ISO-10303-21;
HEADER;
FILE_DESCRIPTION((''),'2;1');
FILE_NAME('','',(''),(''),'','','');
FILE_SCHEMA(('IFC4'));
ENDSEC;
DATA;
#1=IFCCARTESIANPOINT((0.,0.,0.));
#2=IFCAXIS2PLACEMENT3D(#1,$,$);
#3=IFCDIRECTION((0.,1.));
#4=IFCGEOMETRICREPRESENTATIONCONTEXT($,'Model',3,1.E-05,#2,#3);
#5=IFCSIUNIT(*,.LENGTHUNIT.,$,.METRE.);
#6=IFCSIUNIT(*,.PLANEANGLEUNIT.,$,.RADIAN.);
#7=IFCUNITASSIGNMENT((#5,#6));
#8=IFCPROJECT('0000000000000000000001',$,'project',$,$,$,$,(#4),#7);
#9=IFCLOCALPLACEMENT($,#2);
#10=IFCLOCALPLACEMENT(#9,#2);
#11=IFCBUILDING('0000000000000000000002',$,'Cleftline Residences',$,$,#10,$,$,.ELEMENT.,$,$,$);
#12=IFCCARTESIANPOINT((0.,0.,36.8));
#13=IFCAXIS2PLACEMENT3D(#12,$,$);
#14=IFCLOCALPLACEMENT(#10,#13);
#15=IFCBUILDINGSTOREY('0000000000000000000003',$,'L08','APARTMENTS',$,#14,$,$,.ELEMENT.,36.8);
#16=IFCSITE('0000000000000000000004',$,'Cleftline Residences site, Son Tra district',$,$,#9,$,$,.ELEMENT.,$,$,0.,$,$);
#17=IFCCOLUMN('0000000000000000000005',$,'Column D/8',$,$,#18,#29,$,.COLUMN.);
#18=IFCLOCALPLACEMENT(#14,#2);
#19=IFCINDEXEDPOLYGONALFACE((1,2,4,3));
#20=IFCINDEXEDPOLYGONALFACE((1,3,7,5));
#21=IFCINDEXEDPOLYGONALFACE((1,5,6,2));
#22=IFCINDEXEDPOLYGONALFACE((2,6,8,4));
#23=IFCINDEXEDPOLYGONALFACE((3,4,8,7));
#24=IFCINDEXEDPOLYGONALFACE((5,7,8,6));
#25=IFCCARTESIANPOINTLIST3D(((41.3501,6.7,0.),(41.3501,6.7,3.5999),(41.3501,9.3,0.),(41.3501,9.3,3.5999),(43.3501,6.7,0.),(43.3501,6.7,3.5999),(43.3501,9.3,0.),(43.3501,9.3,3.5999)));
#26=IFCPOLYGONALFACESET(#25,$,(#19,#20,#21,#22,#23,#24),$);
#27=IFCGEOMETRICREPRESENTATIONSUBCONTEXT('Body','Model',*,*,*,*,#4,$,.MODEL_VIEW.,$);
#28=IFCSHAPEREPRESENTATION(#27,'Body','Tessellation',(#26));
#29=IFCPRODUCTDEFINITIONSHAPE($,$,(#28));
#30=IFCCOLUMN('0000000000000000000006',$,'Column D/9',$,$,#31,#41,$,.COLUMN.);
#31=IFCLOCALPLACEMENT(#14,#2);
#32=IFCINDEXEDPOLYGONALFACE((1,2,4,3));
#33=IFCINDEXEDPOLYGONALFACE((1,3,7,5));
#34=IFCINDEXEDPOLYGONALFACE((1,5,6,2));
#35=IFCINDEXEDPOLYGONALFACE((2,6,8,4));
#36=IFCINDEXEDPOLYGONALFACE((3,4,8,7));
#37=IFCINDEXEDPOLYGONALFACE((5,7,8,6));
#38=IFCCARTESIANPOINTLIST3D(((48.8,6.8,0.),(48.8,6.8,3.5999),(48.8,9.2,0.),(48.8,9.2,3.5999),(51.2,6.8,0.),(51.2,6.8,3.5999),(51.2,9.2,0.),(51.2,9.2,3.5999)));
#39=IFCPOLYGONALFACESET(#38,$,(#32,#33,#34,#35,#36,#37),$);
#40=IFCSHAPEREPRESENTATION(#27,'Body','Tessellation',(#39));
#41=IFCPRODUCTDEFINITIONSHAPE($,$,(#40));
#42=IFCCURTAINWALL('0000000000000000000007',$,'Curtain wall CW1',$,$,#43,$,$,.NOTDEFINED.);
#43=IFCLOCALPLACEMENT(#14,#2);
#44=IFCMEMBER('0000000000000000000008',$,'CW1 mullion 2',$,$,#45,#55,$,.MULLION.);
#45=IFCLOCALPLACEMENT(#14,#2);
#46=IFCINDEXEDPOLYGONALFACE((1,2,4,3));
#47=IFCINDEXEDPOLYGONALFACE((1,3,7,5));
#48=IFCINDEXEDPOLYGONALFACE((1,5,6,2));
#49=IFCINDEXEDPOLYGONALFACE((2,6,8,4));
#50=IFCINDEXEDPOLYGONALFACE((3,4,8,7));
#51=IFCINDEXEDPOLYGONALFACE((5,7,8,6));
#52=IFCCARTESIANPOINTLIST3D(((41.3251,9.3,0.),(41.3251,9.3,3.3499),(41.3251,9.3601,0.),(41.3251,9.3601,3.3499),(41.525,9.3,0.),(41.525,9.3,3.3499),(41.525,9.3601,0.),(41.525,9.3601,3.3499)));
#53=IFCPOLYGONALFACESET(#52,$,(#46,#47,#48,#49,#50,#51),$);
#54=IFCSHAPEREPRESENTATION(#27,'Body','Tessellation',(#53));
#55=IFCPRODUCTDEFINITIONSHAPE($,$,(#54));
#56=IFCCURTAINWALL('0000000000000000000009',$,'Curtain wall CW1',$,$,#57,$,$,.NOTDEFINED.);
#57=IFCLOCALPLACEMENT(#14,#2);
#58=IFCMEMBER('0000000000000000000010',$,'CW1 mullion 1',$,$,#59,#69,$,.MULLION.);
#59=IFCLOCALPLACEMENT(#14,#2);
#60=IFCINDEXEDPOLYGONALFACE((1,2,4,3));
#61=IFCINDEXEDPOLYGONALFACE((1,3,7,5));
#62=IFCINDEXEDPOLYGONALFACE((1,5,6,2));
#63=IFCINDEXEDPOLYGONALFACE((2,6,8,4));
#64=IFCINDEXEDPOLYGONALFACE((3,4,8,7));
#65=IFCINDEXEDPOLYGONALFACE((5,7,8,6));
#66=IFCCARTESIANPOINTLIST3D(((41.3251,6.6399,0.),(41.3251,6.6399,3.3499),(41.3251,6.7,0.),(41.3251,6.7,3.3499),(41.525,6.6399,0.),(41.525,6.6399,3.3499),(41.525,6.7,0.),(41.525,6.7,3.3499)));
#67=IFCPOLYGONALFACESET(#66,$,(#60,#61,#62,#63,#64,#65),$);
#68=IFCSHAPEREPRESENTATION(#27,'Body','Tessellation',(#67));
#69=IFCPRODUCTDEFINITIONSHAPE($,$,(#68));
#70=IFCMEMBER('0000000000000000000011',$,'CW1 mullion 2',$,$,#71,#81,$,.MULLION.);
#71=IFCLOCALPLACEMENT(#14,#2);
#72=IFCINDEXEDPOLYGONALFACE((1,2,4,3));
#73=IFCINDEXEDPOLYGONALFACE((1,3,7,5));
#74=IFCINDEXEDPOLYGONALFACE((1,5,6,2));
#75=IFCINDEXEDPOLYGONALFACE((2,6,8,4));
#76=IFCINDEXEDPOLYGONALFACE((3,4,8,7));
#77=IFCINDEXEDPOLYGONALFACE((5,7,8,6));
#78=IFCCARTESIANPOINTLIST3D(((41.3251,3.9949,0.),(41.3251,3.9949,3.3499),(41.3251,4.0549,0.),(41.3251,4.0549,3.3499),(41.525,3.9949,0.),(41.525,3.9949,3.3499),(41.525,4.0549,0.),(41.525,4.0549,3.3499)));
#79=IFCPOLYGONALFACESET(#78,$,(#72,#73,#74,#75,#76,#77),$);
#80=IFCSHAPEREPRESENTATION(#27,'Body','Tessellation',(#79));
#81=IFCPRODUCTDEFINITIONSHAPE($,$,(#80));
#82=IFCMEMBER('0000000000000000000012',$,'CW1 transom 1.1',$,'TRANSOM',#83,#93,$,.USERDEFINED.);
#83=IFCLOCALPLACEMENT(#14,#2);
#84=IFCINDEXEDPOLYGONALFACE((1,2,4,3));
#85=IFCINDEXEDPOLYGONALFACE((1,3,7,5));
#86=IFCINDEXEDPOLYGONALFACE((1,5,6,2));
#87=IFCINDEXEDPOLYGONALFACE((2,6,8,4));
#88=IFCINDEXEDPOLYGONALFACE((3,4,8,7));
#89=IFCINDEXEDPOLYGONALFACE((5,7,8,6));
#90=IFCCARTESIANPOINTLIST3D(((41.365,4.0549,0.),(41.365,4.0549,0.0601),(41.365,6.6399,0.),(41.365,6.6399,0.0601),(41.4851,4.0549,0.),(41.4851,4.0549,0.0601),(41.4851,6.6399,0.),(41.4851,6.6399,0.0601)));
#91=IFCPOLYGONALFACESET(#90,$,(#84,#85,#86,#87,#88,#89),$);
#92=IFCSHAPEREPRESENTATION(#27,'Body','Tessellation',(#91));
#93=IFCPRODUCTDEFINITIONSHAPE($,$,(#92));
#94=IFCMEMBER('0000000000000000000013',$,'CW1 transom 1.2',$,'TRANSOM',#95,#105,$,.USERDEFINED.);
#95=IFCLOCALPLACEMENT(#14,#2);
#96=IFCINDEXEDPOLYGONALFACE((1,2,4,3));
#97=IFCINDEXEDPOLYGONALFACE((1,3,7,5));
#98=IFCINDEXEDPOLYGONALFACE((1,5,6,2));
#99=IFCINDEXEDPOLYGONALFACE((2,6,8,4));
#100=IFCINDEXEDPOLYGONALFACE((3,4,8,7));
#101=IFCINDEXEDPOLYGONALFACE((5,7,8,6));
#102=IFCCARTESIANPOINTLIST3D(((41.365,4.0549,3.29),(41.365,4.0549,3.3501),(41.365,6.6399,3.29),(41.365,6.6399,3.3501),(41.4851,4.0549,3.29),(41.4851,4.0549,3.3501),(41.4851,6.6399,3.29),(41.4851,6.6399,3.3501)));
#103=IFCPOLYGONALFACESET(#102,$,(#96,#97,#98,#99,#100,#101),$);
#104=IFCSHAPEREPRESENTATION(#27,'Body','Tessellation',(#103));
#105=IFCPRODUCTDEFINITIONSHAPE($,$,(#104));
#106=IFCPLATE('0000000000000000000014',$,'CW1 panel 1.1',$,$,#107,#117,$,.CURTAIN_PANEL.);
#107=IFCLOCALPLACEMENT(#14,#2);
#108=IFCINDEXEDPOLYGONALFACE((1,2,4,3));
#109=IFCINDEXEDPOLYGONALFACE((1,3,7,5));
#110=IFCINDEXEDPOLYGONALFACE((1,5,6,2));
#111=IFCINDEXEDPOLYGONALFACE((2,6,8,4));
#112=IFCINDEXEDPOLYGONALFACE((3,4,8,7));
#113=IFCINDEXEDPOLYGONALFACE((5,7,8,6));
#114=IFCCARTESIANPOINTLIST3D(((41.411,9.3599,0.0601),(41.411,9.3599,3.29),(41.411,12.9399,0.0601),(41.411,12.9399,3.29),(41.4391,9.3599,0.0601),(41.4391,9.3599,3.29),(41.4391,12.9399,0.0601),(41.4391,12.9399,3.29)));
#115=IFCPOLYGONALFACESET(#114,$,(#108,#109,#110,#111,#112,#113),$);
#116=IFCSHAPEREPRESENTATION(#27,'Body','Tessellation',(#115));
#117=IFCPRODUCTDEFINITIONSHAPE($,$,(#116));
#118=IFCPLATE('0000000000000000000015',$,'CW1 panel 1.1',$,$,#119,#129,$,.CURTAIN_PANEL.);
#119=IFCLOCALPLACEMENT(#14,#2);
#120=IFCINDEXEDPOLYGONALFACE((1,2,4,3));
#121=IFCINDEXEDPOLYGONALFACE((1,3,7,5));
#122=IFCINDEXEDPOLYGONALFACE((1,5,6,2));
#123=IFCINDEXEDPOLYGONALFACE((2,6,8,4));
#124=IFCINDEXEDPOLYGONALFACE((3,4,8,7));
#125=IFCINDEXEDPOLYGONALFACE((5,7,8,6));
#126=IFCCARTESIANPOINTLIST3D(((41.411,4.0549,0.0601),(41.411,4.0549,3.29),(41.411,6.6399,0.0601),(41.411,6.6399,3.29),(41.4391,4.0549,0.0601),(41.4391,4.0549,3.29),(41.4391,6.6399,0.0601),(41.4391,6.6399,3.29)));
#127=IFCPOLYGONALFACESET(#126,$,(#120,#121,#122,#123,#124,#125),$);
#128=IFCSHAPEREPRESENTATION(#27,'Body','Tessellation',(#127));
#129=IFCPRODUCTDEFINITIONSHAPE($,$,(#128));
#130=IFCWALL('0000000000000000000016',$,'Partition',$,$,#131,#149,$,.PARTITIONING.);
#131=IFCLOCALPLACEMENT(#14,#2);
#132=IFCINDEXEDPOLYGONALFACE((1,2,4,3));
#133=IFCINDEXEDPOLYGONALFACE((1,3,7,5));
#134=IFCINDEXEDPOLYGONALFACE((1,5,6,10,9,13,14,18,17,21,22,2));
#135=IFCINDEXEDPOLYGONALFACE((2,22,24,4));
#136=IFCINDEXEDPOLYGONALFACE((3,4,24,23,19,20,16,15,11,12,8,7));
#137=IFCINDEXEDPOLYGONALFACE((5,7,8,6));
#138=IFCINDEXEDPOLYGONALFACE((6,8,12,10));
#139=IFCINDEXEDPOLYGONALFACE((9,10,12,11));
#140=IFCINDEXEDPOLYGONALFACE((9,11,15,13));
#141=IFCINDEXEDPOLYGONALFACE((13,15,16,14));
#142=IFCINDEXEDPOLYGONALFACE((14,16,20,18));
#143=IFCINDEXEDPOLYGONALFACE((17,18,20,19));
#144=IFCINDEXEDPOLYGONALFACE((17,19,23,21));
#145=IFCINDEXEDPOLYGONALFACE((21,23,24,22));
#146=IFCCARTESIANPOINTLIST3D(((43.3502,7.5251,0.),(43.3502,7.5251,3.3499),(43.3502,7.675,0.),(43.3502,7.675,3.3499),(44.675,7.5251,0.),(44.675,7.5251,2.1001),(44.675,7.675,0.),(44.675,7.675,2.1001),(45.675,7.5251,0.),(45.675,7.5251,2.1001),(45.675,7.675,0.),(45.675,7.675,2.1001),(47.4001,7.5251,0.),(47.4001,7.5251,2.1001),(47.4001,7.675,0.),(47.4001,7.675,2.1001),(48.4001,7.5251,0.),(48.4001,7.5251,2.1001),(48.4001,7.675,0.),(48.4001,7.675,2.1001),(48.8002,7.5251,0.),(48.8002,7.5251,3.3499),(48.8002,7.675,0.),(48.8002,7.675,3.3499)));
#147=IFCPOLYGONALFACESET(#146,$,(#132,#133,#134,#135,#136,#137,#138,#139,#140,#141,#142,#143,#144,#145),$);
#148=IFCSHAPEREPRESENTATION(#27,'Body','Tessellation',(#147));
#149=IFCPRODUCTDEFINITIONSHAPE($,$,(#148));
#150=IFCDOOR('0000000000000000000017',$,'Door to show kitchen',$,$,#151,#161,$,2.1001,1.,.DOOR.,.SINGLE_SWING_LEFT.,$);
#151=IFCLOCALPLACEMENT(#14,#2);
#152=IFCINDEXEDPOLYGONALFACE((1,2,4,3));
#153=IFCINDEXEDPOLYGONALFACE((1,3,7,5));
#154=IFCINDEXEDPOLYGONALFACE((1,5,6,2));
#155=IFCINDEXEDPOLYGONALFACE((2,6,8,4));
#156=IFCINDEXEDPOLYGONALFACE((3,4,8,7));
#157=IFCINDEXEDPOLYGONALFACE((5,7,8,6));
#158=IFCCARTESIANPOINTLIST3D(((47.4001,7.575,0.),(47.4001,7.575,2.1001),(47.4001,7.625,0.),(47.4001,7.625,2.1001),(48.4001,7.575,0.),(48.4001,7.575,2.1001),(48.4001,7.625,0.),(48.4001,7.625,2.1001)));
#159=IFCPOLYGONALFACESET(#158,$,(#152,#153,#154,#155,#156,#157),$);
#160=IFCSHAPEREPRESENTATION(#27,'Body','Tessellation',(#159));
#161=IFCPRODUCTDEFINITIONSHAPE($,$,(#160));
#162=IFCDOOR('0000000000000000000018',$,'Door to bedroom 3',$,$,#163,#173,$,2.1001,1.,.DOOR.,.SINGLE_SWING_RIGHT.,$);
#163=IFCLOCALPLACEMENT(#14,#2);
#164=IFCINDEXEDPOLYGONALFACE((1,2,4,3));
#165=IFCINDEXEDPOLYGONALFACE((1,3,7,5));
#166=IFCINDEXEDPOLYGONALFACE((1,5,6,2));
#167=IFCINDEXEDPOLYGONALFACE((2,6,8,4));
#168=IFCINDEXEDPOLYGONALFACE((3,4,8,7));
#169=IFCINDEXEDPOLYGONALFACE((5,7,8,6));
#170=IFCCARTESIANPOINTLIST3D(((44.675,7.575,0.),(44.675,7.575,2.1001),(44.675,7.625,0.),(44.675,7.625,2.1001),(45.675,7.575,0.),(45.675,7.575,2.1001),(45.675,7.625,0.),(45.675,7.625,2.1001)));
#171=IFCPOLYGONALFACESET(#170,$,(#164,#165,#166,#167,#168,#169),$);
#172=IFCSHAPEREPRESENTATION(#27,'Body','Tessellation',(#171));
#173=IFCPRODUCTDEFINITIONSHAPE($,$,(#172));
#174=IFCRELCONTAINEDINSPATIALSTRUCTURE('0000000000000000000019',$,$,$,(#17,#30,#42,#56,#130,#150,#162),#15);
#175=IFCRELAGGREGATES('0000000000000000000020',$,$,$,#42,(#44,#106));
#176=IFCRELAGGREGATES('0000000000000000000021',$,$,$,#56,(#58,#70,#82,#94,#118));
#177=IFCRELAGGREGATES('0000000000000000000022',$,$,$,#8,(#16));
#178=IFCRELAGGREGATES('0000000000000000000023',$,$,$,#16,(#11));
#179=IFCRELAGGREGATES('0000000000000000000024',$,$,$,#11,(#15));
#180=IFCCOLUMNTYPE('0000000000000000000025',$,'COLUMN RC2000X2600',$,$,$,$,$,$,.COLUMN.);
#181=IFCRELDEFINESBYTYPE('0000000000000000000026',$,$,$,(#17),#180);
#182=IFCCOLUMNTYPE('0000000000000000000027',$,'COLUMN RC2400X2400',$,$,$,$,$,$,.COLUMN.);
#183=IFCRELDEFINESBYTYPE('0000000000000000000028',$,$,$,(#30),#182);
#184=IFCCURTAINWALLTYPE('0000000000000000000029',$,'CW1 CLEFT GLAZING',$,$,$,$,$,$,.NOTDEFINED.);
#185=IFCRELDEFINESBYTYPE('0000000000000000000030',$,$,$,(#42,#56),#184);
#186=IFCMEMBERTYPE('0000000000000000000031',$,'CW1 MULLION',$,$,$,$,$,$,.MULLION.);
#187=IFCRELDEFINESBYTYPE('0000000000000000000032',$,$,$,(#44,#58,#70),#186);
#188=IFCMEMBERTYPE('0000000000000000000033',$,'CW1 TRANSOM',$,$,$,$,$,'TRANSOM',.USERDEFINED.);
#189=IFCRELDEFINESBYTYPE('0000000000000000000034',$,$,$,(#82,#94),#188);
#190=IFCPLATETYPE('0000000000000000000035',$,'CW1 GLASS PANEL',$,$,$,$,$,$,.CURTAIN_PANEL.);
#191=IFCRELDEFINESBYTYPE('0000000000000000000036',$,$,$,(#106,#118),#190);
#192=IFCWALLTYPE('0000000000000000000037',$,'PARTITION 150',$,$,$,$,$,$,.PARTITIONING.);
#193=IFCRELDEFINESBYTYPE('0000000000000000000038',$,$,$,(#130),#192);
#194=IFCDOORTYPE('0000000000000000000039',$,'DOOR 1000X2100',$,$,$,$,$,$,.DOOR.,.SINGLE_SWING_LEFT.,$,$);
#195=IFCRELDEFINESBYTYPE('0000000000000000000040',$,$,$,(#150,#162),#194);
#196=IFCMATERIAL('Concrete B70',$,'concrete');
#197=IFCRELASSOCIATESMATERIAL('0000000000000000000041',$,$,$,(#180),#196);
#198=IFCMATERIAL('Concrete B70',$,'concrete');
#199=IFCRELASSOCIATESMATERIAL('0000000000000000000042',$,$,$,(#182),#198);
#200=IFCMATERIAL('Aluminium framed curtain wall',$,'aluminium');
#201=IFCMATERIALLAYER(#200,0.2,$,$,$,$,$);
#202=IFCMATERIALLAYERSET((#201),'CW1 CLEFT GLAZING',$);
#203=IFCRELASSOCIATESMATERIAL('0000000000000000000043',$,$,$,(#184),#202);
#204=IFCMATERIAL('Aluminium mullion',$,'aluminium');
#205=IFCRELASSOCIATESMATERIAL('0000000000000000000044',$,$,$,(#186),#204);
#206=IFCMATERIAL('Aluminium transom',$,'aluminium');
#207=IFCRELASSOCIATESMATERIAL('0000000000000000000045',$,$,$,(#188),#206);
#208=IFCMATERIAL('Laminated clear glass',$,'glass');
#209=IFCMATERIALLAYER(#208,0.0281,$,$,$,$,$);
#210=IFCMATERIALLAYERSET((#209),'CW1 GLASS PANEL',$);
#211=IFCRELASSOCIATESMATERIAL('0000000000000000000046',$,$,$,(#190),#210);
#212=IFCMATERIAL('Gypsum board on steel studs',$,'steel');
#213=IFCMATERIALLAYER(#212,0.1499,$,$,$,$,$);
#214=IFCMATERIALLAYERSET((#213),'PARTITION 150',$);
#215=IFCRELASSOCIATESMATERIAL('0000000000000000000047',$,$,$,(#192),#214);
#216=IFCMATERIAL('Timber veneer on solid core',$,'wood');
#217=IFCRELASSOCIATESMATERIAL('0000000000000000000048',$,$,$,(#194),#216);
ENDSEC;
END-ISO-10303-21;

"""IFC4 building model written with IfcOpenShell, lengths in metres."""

from ifc_helpers import new_model, si_unit, direction, frame, frame_2d, origin, origin_2d, place, context, subcontext, project, spatial, rectangle, extrude, material, layer, layer_set, material_profile, profile_set, type_object, element, fill, aggregate, save


model = new_model("IFC4")

# Units and contexts
model_context = context("Model", 3, precision=1e-05, world=origin(), true_north=direction((0.0, 1.0)))
body_context = subcontext(model_context, "Body", "Model", "MODEL_VIEW")
ifc_project = project(units=[si_unit("LENGTHUNIT", "METRE"), si_unit("PLANEANGLEUNIT", "RADIAN")], contexts=[model_context])

# Site, building, storey
site_placement = place(None, origin())
site = spatial("IfcSite", under=ifc_project, at=site_placement, Name="Cleftline Residences site, Son Tra district", CompositionType="ELEMENT", RefElevation=0.0)
building_placement = place(site_placement, origin())
building = spatial("IfcBuilding", under=site, at=building_placement, Name="Cleftline Residences", CompositionType="ELEMENT")
storey_placement = place(building_placement, frame((0.0, 0.0, 36.8)))
storey = spatial("IfcBuildingStorey", under=building, at=storey_placement, Name="L08", Description="APARTMENTS", CompositionType="ELEMENT", Elevation=36.8)

# Columns
ifc_material_1 = material(Name="Concrete B70", Category="concrete")
ifc_material_profile_1 = material_profile(ifc_material_1, rectangle(XDim=2.0, YDim=2.6001, at=origin_2d()))
ifc_profile_set_1 = profile_set([ifc_material_profile_1], Name="Concrete B70")
column_type_1 = type_object("IfcColumnType", Name="COLUMN RC2000X2600", PredefinedType="COLUMN", material=ifc_profile_set_1)
column_1_placement = place(storey_placement, frame((42.3501, 8.0, 0.0), z_axis=(0.0, 0.0, 1.0), x_axis=(1.0, 0.0, 0.0)))
element("IfcColumn", 1, at=column_1_placement, inside=storey, type_object=column_type_1, Name="Column D/8", PredefinedType="COLUMN", context=body_context, shape_type="SweptSolid", body=[
    extrude(rectangle(XDim=2.0, YDim=2.6001, at=origin_2d()), origin(), (0.0, 0.0, 1.0), 3.5999),
])
ifc_material_2 = material(Name="Concrete B70", Category="concrete")
ifc_material_profile_2 = material_profile(ifc_material_2, rectangle(XDim=2.3999, YDim=2.3999, at=origin_2d()))
ifc_profile_set_2 = profile_set([ifc_material_profile_2], Name="Concrete B70")
column_type_2 = type_object("IfcColumnType", Name="COLUMN RC2400X2400", PredefinedType="COLUMN", material=ifc_profile_set_2)
column_2_placement = place(storey_placement, frame((50.0, 8.0, 0.0), z_axis=(0.0, 0.0, 1.0), x_axis=(1.0, 0.0, 0.0)))
element("IfcColumn", 2, at=column_2_placement, inside=storey, type_object=column_type_2, Name="Column D/9", PredefinedType="COLUMN", context=body_context, shape_type="SweptSolid", body=[
    extrude(rectangle(XDim=2.3999, YDim=2.3999, at=origin_2d()), origin(), (0.0, 0.0, 1.0), 3.5999),
])

# Curtain wall, member
ifc_material_3 = material(Name="Aluminium framed curtain wall", Category="aluminium")
ifc_layer_1 = layer(ifc_material_3, 0.2)
ifc_layer_set_1 = layer_set([ifc_layer_1], Name="CW1 CLEFT GLAZING")
curtain_wall_type = type_object("IfcCurtainWallType", Name="CW1 CLEFT GLAZING", PredefinedType="NOTDEFINED", material=ifc_layer_set_1)
curtain_wall_1_placement = place(storey_placement, origin())
curtain_wall_1 = element("IfcCurtainWall", 3, at=curtain_wall_1_placement, inside=storey, type_object=curtain_wall_type, Name="Curtain wall CW1", PredefinedType="NOTDEFINED")
ifc_material_4 = material(Name="Aluminium mullion", Category="aluminium")
ifc_material_profile_3 = material_profile(ifc_material_4, rectangle(XDim=0.2, YDim=0.0601, at=origin_2d()))
ifc_profile_set_3 = profile_set([ifc_material_profile_3], Name="Aluminium mullion")
member_type_1 = type_object("IfcMemberType", Name="CW1 MULLION", PredefinedType="MULLION", material=ifc_profile_set_3)
member_1_placement = place(storey_placement, frame((41.425, 9.3301, 0.0), z_axis=(0.0, 0.0, 1.0), x_axis=(1.0, 0.0, 0.0)))
member_1 = element("IfcMember", 4, at=member_1_placement, type_object=member_type_1, Name="CW1 mullion 2", PredefinedType="MULLION", context=body_context, shape_type="SweptSolid", body=[
    extrude(rectangle(XDim=0.2, YDim=0.0601, at=origin_2d()), origin(), (0.0, 0.0, 1.0), 3.3499),
])

# Curtain wall, members
curtain_wall_2_placement = place(storey_placement, origin())
curtain_wall_2 = element("IfcCurtainWall", 5, at=curtain_wall_2_placement, inside=storey, type_object=curtain_wall_type, Name="Curtain wall CW1", PredefinedType="NOTDEFINED")
member_2_placement = place(storey_placement, frame((41.425, 6.6699, 0.0), z_axis=(0.0, 0.0, 1.0), x_axis=(1.0, 0.0, 0.0)))
member_2 = element("IfcMember", 6, at=member_2_placement, type_object=member_type_1, Name="CW1 mullion 1", PredefinedType="MULLION", context=body_context, shape_type="SweptSolid", body=[
    extrude(rectangle(XDim=0.2, YDim=0.0601, at=origin_2d()), origin(), (0.0, 0.0, 1.0), 3.3499),
])
member_3_placement = place(storey_placement, frame((41.425, 4.0249, 0.0), z_axis=(0.0, 0.0, 1.0), x_axis=(1.0, 0.0, 0.0)))
member_3 = element("IfcMember", 7, at=member_3_placement, type_object=member_type_1, Name="CW1 mullion 2", PredefinedType="MULLION", context=body_context, shape_type="SweptSolid", body=[
    extrude(rectangle(XDim=0.2, YDim=0.0601, at=origin_2d()), origin(), (0.0, 0.0, 1.0), 3.3499),
])
ifc_material_5 = material(Name="Aluminium transom", Category="aluminium")
ifc_material_profile_4 = material_profile(ifc_material_5, rectangle(XDim=0.1201, YDim=0.0601, at=origin_2d()))
ifc_profile_set_4 = profile_set([ifc_material_profile_4], Name="Aluminium transom")
member_type_2 = type_object("IfcMemberType", Name="CW1 TRANSOM", ElementType="TRANSOM", PredefinedType="USERDEFINED", material=ifc_profile_set_4)
member_4_placement = place(storey_placement, frame((41.425, 6.6399, 0.03), z_axis=(0.0, -1.0, 0.0), x_axis=(1.0, 0.0, 0.0)))
member_4 = element("IfcMember", 8, at=member_4_placement, type_object=member_type_2, Name="CW1 transom 1.1", ObjectType="TRANSOM", PredefinedType="USERDEFINED", context=body_context, shape_type="SweptSolid", body=[
    extrude(rectangle(XDim=0.1201, YDim=0.0601, at=origin_2d()), origin(), (0.0, 0.0, 1.0), 2.585),
])
member_5_placement = place(storey_placement, frame((41.425, 6.6399, 3.3201), z_axis=(0.0, -1.0, 0.0), x_axis=(1.0, 0.0, 0.0)))
member_5 = element("IfcMember", 9, at=member_5_placement, type_object=member_type_2, Name="CW1 transom 1.2", ObjectType="TRANSOM", PredefinedType="USERDEFINED", context=body_context, shape_type="SweptSolid", body=[
    extrude(rectangle(XDim=0.1201, YDim=0.0601, at=origin_2d()), origin(), (0.0, 0.0, 1.0), 2.585),
])

# Plates
ifc_material_6 = material(Name="Laminated clear glass", Category="glass")
ifc_layer_2 = layer(ifc_material_6, 0.0281)
ifc_layer_set_2 = layer_set([ifc_layer_2], Name="CW1 GLASS PANEL")
plate_type = type_object("IfcPlateType", Name="CW1 GLASS PANEL", PredefinedType="CURTAIN_PANEL", material=ifc_layer_set_2)
plate_1_placement = place(storey_placement, frame((41.425, 11.1499, 0.0601), z_axis=(0.0, 0.0, 1.0), x_axis=(0.0, -1.0, 0.0)))
plate_1 = element("IfcPlate", 10, at=plate_1_placement, type_object=plate_type, Name="CW1 panel 1.1", PredefinedType="CURTAIN_PANEL", context=body_context, shape_type="SweptSolid", body=[
    extrude(rectangle(XDim=3.5801, YDim=0.0281, at=origin_2d()), origin(), (0.0, 0.0, 1.0), 3.23),
])
aggregate(curtain_wall_1, [member_1, plate_1])
plate_2_placement = place(storey_placement, frame((41.425, 5.3474, 0.0601), z_axis=(0.0, 0.0, 1.0), x_axis=(0.0, -1.0, 0.0)))
plate_2 = element("IfcPlate", 11, at=plate_2_placement, type_object=plate_type, Name="CW1 panel 1.1", PredefinedType="CURTAIN_PANEL", context=body_context, shape_type="SweptSolid", body=[
    extrude(rectangle(XDim=2.585, YDim=0.0281, at=origin_2d()), origin(), (0.0, 0.0, 1.0), 3.23),
])
aggregate(curtain_wall_2, [member_2, member_3, member_4, member_5, plate_2])

# Wall, openings, doors
ifc_material_7 = material(Name="Gypsum board on steel studs", Category="steel")
ifc_layer_3 = layer(ifc_material_7, 0.1499)
ifc_layer_set_3 = layer_set([ifc_layer_3], Name="PARTITION 150")
wall_type = type_object("IfcWallType", Name="PARTITION 150", PredefinedType="PARTITIONING", material=ifc_layer_set_3)
wall_1_placement = place(storey_placement, frame((43.3501, 7.6001, 0.0), z_axis=(0.0, 0.0, 1.0), x_axis=(1.0, 0.0, 0.0)))
wall_1 = element("IfcWall", 12, at=wall_1_placement, inside=storey, type_object=wall_type, Name="Partition", PredefinedType="PARTITIONING", context=body_context, shape_type="SweptSolid", body=[
    extrude(rectangle(XDim=5.45, YDim=0.1499, at=frame_2d((2.7251, 0.0))), origin(), (0.0, 0.0, 1.0), 3.3499),
])
opening_1_placement = place(wall_1_placement, frame((4.05, 0.0, 0.0)))
opening_1 = element("IfcOpeningElement", 13, at=opening_1_placement, cuts=wall_1, PredefinedType="OPENING", context=body_context, shape_type="SweptSolid", body=[
    extrude(rectangle(XDim=1.0, YDim=2.1001, at=frame_2d((0.5, 1.05))), frame((0.0, 0.085, 0.0), z_axis=(0.0, -1.0, 0.0), x_axis=(1.0, 0.0, 0.0)), (0.0, 0.0, 1.0), 0.1699),
])
opening_2_placement = place(wall_1_placement, frame((1.325, 0.0, 0.0)))
opening_2 = element("IfcOpeningElement", 14, at=opening_2_placement, cuts=wall_1, PredefinedType="OPENING", context=body_context, shape_type="SweptSolid", body=[
    extrude(rectangle(XDim=1.0, YDim=2.1001, at=frame_2d((0.5, 1.05))), frame((0.0, 0.085, 0.0), z_axis=(0.0, -1.0, 0.0), x_axis=(1.0, 0.0, 0.0)), (0.0, 0.0, 1.0), 0.1699),
])
ifc_material_8 = material(Name="Timber veneer on solid core", Category="wood")
door_type_1 = type_object("IfcDoorType", Name="DOOR 1000X2100", OperationType="SINGLE_SWING_LEFT", PredefinedType="DOOR", material=ifc_material_8)
door_1_placement = place(opening_1_placement, origin())
door_1 = element("IfcDoor", 15, at=door_1_placement, inside=storey, type_object=door_type_1, Name="Door to show kitchen", OperationType="SINGLE_SWING_LEFT", OverallHeight=2.1001, OverallWidth=1.0, PredefinedType="DOOR", context=body_context, shape_type="SweptSolid", body=[
    extrude(rectangle(XDim=1.0, YDim=2.1001, at=frame_2d((0.5, 1.05))), frame((0.0, 0.0249, 0.0), z_axis=(0.0, -1.0, 0.0), x_axis=(1.0, 0.0, 0.0)), (0.0, 0.0, 1.0), 0.05),
])
fill(opening_1, door_1)
door_2_placement = place(opening_2_placement, origin())
door_2 = element("IfcDoor", 16, at=door_2_placement, inside=storey, type_object=door_type_1, Name="Door to bedroom 3", OperationType="SINGLE_SWING_RIGHT", OverallHeight=2.1001, OverallWidth=1.0, PredefinedType="DOOR", context=body_context, shape_type="SweptSolid", body=[
    extrude(rectangle(XDim=1.0, YDim=2.1001, at=frame_2d((0.5, 1.05))), frame((0.0, 0.0249, 0.0), z_axis=(0.0, -1.0, 0.0), x_axis=(1.0, 0.0, 0.0)), (0.0, 0.0, 1.0), 0.05),
])
fill(opening_2, door_2)

save(model, "model.ifc")
